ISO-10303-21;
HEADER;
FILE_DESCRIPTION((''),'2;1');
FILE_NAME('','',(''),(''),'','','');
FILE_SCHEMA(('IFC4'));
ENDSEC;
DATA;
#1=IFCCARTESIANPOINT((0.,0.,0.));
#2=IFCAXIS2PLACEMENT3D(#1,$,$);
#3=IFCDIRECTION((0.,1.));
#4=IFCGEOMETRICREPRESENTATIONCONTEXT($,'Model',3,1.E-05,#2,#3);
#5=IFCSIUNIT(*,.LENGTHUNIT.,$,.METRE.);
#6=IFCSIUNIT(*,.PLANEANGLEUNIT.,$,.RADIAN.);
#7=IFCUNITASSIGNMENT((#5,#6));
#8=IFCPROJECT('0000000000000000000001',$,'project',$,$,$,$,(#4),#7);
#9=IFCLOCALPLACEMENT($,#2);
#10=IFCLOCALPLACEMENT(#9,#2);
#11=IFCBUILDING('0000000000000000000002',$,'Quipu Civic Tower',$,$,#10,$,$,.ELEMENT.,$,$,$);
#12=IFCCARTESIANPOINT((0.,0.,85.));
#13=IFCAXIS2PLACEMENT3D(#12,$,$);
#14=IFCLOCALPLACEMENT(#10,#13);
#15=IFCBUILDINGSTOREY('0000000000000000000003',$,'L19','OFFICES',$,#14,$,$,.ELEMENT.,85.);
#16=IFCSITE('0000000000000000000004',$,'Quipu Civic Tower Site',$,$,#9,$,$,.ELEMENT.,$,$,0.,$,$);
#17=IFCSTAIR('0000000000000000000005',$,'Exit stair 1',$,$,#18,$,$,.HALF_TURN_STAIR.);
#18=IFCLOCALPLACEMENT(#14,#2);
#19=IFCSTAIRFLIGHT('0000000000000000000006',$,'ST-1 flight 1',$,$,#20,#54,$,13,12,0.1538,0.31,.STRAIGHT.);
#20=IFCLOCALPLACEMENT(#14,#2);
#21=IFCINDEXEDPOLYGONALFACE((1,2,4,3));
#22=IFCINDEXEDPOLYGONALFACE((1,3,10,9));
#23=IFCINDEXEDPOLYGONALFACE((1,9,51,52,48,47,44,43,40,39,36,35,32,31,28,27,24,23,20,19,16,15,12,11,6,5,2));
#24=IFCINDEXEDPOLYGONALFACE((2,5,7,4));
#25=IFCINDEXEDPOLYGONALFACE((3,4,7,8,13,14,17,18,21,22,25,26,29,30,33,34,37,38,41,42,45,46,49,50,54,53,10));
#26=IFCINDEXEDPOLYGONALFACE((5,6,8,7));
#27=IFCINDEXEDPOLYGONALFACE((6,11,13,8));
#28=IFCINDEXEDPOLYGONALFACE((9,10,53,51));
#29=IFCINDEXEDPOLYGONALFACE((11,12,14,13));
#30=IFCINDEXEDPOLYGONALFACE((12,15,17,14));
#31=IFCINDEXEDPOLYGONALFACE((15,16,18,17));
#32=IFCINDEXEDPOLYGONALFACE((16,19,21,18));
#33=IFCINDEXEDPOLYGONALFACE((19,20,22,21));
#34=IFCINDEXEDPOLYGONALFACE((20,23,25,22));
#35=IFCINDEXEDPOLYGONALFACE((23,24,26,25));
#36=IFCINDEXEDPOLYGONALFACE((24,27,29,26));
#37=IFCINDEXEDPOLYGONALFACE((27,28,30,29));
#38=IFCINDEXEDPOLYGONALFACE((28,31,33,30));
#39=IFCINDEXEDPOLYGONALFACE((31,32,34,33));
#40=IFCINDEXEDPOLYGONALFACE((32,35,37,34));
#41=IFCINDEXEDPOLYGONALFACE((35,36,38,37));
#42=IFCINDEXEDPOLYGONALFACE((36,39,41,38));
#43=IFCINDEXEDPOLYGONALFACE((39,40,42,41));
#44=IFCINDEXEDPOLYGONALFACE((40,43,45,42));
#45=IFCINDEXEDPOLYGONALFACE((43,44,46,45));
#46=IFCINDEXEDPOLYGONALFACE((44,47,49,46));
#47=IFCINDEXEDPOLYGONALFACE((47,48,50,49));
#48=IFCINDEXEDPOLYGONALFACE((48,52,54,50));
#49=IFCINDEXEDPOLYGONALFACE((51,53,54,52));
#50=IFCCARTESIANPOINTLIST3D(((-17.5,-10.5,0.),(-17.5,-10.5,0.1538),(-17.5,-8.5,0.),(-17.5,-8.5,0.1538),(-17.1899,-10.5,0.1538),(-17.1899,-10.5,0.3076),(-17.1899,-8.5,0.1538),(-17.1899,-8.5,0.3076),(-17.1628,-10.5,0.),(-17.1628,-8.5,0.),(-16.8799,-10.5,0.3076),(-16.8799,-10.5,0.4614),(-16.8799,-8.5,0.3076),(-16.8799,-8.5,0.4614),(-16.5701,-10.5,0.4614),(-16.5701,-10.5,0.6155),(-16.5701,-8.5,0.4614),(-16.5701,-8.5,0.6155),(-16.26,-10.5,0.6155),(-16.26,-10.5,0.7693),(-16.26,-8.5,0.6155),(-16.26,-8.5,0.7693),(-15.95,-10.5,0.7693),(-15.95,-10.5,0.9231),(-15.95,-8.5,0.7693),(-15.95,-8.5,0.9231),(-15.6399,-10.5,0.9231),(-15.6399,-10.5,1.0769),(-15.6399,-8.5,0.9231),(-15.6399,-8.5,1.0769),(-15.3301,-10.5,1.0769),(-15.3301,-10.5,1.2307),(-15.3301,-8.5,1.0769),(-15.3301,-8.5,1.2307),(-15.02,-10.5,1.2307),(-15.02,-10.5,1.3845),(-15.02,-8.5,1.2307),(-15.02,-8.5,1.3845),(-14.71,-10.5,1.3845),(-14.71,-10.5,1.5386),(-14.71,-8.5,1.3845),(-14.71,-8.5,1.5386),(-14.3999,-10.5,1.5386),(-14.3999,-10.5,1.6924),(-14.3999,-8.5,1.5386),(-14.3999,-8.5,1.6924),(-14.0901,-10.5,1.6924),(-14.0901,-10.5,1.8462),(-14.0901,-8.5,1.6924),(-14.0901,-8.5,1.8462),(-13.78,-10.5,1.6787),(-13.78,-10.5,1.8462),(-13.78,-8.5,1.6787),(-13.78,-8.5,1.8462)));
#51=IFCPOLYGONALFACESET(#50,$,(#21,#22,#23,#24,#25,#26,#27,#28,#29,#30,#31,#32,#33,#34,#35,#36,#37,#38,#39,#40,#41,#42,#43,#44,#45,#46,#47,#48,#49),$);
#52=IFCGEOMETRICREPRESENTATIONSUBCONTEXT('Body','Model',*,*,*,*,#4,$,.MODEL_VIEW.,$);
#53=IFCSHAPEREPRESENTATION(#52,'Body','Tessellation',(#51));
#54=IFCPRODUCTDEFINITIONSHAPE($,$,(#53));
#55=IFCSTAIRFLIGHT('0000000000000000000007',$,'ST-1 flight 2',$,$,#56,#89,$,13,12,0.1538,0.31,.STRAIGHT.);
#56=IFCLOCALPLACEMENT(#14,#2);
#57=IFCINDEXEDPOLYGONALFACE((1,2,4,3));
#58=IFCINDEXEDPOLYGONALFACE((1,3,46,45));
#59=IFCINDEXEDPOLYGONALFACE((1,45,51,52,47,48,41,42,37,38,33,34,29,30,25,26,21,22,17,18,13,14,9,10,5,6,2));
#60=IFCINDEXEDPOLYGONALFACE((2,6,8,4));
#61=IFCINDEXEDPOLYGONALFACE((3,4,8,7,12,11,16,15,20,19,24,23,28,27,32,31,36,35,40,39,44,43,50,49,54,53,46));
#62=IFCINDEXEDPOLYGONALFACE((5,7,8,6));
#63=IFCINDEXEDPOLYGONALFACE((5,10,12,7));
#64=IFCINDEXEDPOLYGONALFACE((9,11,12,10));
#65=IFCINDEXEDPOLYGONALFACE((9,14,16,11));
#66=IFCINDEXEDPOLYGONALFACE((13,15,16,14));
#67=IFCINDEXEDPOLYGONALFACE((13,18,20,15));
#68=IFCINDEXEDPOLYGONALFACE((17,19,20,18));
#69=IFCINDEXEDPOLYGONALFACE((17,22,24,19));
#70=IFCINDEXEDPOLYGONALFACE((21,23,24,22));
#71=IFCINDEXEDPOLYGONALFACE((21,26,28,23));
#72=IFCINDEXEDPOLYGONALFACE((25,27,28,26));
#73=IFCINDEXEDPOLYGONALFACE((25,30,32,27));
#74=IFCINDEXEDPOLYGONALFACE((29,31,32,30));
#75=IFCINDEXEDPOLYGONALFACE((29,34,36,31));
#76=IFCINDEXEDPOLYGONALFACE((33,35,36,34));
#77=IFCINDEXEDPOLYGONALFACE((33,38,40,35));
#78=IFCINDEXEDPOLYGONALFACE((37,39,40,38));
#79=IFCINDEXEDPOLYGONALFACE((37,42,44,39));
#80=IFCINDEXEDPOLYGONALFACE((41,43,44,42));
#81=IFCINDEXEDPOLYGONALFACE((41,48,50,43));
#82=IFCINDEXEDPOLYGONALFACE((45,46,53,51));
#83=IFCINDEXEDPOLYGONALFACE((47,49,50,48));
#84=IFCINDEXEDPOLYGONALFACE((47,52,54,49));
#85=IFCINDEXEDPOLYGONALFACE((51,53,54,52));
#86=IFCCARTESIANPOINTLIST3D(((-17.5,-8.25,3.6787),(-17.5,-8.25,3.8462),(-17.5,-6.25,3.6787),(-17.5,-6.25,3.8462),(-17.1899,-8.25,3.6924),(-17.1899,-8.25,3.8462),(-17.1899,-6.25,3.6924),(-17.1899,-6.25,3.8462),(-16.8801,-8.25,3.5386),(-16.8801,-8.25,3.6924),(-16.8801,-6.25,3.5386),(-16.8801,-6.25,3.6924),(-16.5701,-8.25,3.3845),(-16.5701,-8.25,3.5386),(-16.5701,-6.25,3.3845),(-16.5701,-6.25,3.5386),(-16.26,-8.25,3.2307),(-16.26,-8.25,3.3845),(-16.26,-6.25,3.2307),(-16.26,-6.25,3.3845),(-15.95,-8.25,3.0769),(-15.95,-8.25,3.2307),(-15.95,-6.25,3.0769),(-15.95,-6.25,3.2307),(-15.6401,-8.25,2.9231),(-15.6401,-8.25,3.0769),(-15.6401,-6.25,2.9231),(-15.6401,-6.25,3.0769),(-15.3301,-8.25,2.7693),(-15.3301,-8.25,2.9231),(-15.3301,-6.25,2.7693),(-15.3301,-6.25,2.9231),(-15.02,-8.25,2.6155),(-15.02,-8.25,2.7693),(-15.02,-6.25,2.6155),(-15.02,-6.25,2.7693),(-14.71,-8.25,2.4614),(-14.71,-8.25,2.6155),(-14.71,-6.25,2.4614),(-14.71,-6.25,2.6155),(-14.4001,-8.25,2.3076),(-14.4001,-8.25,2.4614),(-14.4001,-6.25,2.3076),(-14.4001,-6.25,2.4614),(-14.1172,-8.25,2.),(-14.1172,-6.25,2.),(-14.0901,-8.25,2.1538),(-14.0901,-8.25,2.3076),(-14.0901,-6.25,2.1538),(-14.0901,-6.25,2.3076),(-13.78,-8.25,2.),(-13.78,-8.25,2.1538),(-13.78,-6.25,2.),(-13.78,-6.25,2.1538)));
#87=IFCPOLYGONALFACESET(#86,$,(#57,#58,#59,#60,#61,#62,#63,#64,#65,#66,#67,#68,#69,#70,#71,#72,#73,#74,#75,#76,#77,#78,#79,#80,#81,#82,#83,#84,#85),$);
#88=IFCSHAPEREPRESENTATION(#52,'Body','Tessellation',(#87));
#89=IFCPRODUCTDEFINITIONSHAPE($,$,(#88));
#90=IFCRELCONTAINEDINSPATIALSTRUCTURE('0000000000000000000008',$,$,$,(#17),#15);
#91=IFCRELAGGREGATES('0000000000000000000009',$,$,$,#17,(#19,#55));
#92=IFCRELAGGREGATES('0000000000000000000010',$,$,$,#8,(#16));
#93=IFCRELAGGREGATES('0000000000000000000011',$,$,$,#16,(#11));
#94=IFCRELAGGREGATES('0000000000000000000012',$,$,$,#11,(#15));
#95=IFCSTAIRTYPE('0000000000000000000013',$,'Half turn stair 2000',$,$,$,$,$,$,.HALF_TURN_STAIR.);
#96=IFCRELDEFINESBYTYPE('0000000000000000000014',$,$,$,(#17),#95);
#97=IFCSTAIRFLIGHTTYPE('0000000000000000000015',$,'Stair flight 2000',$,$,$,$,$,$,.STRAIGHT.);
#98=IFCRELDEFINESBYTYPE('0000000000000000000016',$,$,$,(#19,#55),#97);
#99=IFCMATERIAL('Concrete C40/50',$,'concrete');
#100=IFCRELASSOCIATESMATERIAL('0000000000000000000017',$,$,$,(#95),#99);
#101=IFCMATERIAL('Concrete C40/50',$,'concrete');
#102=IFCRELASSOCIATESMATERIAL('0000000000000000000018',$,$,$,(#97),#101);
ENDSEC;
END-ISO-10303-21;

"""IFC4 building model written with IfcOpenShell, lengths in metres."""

from ifc_helpers import new_model, si_unit, direction, frame, origin, place, context, subcontext, project, spatial, polyline, outline, extrude, material, type_object, element, aggregate, save


model = new_model("IFC4")

# Units and contexts
model_context = context("Model", 3, precision=1e-05, world=origin(), true_north=direction((0.0, 1.0)))
body_context = subcontext(model_context, "Body", "Model", "MODEL_VIEW")
ifc_project = project(units=[si_unit("LENGTHUNIT", "METRE"), si_unit("PLANEANGLEUNIT", "RADIAN")], contexts=[model_context])

# Site, building, storey
site_placement = place(None, origin())
site = spatial("IfcSite", under=ifc_project, at=site_placement, Name="Quipu Civic Tower Site", CompositionType="ELEMENT", RefElevation=0.0)
building_placement = place(site_placement, origin())
building = spatial("IfcBuilding", under=site, at=building_placement, Name="Quipu Civic Tower", CompositionType="ELEMENT")
storey_placement = place(building_placement, frame((0.0, 0.0, 85.0)))
storey = spatial("IfcBuildingStorey", under=building, at=storey_placement, Name="L19", Description="OFFICES", CompositionType="ELEMENT", Elevation=85.0)

# Stair, stair flights
ifc_material_1 = material(Name="Concrete C40/50", Category="concrete")
stair_type = type_object("IfcStairType", Name="Half turn stair 2000", PredefinedType="HALF_TURN_STAIR", material=ifc_material_1)
stair_placement = place(storey_placement, origin())
stair = element("IfcStair", 1, at=stair_placement, inside=storey, type_object=stair_type, Name="Exit stair 1", PredefinedType="HALF_TURN_STAIR")
ifc_material_2 = material(Name="Concrete C40/50", Category="concrete")
stair_flight_type = type_object("IfcStairFlightType", Name="Stair flight 2000", PredefinedType="STRAIGHT", material=ifc_material_2)
stair_flight_1_placement = place(storey_placement, frame((-17.5, -9.5, 0.0), z_axis=(0.0, 0.0, 1.0), x_axis=(1.0, 0.0, 0.0)))
stair_flight_1 = element("IfcStairFlight", 2, at=stair_flight_1_placement, type_object=stair_flight_type, Name="ST-1 flight 1", NumberOfRisers=13, NumberOfTreads=12, PredefinedType="STRAIGHT", RiserHeight=0.1538, TreadLength=0.31, context=body_context, shape_type="SweptSolid", body=[
    extrude(outline(polyline([(0.0, 0.0), (0.0, 0.1538), (0.3101, 0.1538), (0.3101, 0.3076), (0.6201, 0.3076), (0.6201, 0.4614), (0.9299, 0.4614), (0.9299, 0.6155), (1.24, 0.6155), (1.24, 0.7693), (1.55, 0.7693), (1.55, 0.9231), (1.8601, 0.9231), (1.8601, 1.0769), (2.1699, 1.0769), (2.1699, 1.2307), (2.48, 1.2307), (2.48, 1.3845), (2.79, 1.3845), (2.79, 1.5386), (3.1001, 1.5386), (3.1001, 1.6924), (3.4099, 1.6924), (3.4099, 1.8462), (3.72, 1.8462), (3.72, 2.0), (3.72, 1.6787), (0.3372, 0.0), (0.0, 0.0)])), frame((0.0, 1.0, 0.0), z_axis=(0.0, -1.0, 0.0), x_axis=(1.0, 0.0, 0.0)), (0.0, 0.0, 1.0), 2.0),
])
stair_flight_2_placement = place(storey_placement, frame((-13.78, -7.25, 2.0), z_axis=(0.0, 0.0, 1.0), x_axis=(-1.0, 0.0, 0.0)))
stair_flight_2 = element("IfcStairFlight", 3, at=stair_flight_2_placement, type_object=stair_flight_type, Name="ST-1 flight 2", NumberOfRisers=13, NumberOfTreads=12, PredefinedType="STRAIGHT", RiserHeight=0.1538, TreadLength=0.31, context=body_context, shape_type="SweptSolid", body=[
    extrude(outline(polyline([(0.0, 0.0), (0.0, 0.1538), (0.3101, 0.1538), (0.3101, 0.3076), (0.6201, 0.3076), (0.6201, 0.4614), (0.9299, 0.4614), (0.9299, 0.6155), (1.24, 0.6155), (1.24, 0.7693), (1.55, 0.7693), (1.55, 0.9231), (1.8601, 0.9231), (1.8601, 1.0769), (2.1699, 1.0769), (2.1699, 1.2307), (2.48, 1.2307), (2.48, 1.3845), (2.79, 1.3845), (2.79, 1.5386), (3.1001, 1.5386), (3.1001, 1.6924), (3.4099, 1.6924), (3.4099, 1.8462), (3.72, 1.8462), (3.72, 2.0), (3.72, 1.6787), (0.3372, 0.0), (0.0, 0.0)])), frame((0.0, 1.0, 0.0), z_axis=(0.0, -1.0, 0.0), x_axis=(1.0, 0.0, 0.0)), (0.0, 0.0, 1.0), 2.0),
])
aggregate(stair, [stair_flight_1, stair_flight_2])

save(model, "model.ifc")
